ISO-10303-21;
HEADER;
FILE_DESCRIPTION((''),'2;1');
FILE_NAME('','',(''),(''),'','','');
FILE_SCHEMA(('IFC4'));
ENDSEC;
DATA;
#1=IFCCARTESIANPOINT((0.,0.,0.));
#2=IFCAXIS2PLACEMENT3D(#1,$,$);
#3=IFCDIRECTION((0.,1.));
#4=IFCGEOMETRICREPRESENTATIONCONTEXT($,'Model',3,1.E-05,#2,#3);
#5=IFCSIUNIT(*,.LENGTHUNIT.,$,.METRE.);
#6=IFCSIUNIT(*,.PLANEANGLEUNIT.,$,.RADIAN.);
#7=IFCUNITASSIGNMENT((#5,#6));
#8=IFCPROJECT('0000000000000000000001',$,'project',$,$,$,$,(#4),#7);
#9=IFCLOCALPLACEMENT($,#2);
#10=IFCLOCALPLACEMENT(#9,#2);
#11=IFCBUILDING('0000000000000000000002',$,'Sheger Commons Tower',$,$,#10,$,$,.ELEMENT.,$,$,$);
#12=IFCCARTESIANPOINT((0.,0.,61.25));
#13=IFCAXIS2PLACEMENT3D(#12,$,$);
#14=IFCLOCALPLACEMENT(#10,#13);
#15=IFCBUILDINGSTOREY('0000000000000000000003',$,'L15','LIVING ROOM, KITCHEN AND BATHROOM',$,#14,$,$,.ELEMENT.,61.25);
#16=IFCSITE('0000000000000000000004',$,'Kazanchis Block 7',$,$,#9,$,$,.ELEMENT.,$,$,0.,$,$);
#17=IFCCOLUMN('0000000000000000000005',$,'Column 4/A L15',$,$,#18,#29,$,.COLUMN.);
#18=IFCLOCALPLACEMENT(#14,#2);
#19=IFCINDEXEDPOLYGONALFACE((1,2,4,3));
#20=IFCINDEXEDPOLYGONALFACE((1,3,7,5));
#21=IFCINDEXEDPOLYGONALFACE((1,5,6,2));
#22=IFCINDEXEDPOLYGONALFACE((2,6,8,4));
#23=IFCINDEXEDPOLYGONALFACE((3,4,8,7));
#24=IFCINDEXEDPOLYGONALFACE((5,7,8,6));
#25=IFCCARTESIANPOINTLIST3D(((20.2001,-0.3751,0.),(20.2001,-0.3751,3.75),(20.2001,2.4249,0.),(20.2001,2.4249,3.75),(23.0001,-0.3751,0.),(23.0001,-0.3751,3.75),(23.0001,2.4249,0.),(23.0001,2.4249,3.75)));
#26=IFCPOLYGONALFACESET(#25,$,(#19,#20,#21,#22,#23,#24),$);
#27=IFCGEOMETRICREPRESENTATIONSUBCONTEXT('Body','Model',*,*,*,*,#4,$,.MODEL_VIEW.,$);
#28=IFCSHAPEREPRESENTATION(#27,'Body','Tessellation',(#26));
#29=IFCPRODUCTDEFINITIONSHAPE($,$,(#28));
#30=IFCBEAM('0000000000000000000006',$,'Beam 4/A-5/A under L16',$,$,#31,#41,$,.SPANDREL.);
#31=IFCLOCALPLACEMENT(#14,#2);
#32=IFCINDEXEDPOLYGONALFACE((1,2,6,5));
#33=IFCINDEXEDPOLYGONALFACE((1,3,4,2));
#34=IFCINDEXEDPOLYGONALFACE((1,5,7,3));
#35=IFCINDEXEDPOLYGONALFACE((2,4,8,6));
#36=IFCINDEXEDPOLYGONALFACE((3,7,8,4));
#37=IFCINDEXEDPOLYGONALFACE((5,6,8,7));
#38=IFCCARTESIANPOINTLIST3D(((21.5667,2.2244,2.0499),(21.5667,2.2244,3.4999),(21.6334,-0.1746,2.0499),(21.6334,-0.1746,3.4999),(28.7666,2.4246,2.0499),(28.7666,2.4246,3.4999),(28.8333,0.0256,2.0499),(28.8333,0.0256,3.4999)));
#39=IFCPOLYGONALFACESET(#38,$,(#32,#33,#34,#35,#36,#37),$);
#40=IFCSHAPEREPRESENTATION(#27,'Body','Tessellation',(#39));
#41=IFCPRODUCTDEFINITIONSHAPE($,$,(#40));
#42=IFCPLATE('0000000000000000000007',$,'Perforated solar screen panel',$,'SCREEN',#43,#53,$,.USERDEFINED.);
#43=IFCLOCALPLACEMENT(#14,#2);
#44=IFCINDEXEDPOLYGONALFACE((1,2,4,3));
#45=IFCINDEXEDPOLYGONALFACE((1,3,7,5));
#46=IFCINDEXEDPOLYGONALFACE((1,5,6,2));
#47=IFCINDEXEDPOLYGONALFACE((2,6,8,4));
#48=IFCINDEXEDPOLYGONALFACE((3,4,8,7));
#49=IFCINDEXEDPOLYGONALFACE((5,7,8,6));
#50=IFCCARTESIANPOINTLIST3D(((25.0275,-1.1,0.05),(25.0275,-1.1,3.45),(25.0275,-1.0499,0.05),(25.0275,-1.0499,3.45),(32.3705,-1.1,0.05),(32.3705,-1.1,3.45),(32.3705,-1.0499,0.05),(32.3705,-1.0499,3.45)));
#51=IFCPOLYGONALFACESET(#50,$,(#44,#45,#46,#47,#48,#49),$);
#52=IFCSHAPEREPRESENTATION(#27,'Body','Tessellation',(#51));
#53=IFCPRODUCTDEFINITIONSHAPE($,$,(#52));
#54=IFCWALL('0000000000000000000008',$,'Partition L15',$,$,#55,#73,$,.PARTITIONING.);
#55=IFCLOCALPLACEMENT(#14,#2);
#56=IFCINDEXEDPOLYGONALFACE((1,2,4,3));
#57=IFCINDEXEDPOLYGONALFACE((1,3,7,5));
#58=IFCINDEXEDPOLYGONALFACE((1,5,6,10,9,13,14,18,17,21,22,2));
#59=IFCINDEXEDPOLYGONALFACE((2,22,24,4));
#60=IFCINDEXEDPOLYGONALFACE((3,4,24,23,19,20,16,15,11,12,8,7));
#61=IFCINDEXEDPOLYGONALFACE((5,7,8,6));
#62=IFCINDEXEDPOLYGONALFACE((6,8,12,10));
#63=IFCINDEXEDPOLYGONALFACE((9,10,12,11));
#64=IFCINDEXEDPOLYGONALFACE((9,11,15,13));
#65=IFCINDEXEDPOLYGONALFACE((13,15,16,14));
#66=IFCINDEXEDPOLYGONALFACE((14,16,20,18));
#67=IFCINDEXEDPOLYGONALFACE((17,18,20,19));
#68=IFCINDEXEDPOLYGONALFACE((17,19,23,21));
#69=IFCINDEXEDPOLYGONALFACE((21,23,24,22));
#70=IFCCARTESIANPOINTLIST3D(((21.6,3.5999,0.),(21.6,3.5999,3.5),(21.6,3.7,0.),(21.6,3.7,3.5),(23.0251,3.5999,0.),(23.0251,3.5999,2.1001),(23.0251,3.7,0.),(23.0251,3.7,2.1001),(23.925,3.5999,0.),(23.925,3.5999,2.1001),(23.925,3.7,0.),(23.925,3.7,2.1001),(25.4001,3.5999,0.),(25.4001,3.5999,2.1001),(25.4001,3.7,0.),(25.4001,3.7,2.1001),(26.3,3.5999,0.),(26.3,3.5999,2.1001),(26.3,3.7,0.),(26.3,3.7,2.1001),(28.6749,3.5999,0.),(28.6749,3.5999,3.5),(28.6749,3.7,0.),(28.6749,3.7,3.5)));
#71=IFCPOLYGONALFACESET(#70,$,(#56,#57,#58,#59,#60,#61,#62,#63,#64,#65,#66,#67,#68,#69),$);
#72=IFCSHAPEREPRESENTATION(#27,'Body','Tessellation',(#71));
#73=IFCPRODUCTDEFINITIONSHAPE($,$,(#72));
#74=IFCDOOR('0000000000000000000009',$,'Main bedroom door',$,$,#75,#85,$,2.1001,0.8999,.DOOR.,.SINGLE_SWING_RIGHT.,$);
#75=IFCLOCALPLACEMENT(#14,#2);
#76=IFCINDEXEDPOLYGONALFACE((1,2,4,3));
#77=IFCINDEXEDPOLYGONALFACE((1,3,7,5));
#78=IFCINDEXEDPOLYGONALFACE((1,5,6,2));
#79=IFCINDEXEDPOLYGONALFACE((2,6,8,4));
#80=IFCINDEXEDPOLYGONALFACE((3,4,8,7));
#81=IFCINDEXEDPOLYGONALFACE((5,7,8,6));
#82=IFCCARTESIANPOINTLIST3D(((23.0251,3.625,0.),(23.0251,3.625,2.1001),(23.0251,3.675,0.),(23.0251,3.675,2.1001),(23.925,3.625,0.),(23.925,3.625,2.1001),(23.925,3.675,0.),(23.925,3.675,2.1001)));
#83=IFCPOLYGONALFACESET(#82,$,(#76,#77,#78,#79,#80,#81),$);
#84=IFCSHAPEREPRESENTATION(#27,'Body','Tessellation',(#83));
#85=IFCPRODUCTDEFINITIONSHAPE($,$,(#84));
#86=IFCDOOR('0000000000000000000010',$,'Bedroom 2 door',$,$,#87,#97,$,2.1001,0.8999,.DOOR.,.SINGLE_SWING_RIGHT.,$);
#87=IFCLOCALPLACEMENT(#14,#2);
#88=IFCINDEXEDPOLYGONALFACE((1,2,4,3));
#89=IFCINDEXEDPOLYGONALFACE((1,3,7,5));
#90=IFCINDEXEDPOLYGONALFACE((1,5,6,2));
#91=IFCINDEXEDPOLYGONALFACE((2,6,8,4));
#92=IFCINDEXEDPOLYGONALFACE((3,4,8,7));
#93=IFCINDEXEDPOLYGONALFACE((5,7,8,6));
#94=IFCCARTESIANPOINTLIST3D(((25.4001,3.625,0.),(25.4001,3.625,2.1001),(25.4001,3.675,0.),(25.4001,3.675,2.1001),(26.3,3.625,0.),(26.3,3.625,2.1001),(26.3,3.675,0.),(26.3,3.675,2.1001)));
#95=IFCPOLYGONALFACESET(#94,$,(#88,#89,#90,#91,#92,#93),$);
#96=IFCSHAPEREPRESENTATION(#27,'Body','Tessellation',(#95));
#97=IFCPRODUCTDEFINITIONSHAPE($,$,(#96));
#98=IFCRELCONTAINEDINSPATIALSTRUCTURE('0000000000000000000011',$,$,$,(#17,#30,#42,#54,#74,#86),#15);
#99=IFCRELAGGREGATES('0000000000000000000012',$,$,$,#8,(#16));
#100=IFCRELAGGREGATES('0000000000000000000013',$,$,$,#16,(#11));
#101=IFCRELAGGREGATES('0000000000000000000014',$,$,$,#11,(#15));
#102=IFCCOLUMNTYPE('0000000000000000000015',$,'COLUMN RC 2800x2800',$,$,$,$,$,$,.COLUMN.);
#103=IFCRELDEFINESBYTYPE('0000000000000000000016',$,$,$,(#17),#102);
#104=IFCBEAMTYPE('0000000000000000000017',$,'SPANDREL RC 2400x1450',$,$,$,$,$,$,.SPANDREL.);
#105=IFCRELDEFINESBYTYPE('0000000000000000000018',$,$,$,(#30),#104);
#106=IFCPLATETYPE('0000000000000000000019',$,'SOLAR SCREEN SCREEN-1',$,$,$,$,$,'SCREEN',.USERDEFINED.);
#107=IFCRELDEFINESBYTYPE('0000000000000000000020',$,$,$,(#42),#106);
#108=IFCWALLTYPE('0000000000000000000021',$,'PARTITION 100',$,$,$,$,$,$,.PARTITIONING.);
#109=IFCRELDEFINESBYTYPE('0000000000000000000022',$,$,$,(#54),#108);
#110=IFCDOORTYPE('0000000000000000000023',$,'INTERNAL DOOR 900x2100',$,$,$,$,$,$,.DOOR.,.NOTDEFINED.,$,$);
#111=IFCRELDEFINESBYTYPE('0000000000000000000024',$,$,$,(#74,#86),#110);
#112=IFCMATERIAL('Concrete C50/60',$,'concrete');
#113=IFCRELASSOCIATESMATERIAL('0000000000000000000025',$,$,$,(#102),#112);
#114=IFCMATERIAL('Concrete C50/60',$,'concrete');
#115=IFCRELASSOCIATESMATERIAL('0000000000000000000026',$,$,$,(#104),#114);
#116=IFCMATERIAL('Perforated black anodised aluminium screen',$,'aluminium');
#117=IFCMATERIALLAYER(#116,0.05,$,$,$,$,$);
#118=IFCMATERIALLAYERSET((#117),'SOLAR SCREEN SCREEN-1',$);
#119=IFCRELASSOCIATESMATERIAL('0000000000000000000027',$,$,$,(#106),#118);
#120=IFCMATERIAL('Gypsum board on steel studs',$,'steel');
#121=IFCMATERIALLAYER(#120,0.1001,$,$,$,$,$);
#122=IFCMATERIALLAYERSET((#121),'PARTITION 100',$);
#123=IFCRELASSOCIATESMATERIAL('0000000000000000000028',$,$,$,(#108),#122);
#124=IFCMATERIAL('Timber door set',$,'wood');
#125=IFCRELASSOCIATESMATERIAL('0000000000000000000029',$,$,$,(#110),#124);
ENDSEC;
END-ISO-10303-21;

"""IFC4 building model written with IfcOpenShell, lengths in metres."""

from ifc_helpers import new_model, si_unit, direction, frame, frame_2d, origin, origin_2d, place, context, subcontext, project, spatial, rectangle, extrude, material, layer, layer_set, material_profile, profile_set, type_object, element, fill, save


model = new_model("IFC4")

# Units and contexts
model_context = context("Model", 3, precision=1e-05, world=origin(), true_north=direction((0.0, 1.0)))
body_context = subcontext(model_context, "Body", "Model", "MODEL_VIEW")
ifc_project = project(units=[si_unit("LENGTHUNIT", "METRE"), si_unit("PLANEANGLEUNIT", "RADIAN")], contexts=[model_context])

# Site, building, storey
site_placement = place(None, origin())
site = spatial("IfcSite", under=ifc_project, at=site_placement, Name="Kazanchis Block 7", CompositionType="ELEMENT", RefElevation=0.0)
building_placement = place(site_placement, origin())
building = spatial("IfcBuilding", under=site, at=building_placement, Name="Sheger Commons Tower", CompositionType="ELEMENT")
storey_placement = place(building_placement, frame((0.0, 0.0, 61.25)))
storey = spatial("IfcBuildingStorey", under=building, at=storey_placement, Name="L15", Description="LIVING ROOM, KITCHEN AND BATHROOM", CompositionType="ELEMENT", Elevation=61.25)

# Column
ifc_material_1 = material(Name="Concrete C50/60", Category="concrete")
ifc_material_profile_1 = material_profile(ifc_material_1, rectangle(XDim=2.8, YDim=2.8, at=origin_2d()), Name="RC 2800x2800")
ifc_profile_set_1 = profile_set([ifc_material_profile_1], Name="Concrete C50/60")
column_type = type_object("IfcColumnType", Name="COLUMN RC 2800x2800", PredefinedType="COLUMN", material=ifc_profile_set_1)
column_placement = place(storey_placement, frame((21.6001, 1.0249, 0.0), z_axis=(0.0, 0.0, 1.0), x_axis=(1.0, 0.0, 0.0)))
element("IfcColumn", 1, at=column_placement, inside=storey, type_object=column_type, Name="Column 4/A L15", PredefinedType="COLUMN", context=body_context, shape_type="SweptSolid", body=[
    extrude(rectangle(XDim=2.8, YDim=2.8, at=origin_2d()), origin(), (0.0, 0.0, 1.0), 3.75),
])

# Beam
ifc_material_2 = material(Name="Concrete C50/60", Category="concrete")
ifc_material_profile_2 = material_profile(ifc_material_2, rectangle(XDim=2.3999, YDim=1.45, at=origin_2d()), Name="RC 2400x1450")
ifc_profile_set_2 = profile_set([ifc_material_profile_2], Name="Concrete C50/60")
beam_type = type_object("IfcBeamType", Name="SPANDREL RC 2400x1450", PredefinedType="SPANDREL", material=ifc_profile_set_2)
beam_placement = place(storey_placement, frame((21.6001, 1.0249, 2.7749), z_axis=(0.999614, 0.027794, 0.0), x_axis=(-0.027794, 0.999614, 0.0)))
element("IfcBeam", 2, at=beam_placement, inside=storey, type_object=beam_type, Name="Beam 4/A-5/A under L16", PredefinedType="SPANDREL", context=body_context, shape_type="SweptSolid", body=[
    extrude(rectangle(XDim=2.3999, YDim=1.45, at=origin_2d()), origin(), (0.0, 0.0, 1.0), 7.2026),
])

# Plate
ifc_material_3 = material(Name="Perforated black anodised aluminium screen", Category="aluminium")
ifc_layer_1 = layer(ifc_material_3, 0.05)
ifc_layer_set_1 = layer_set([ifc_layer_1], Name="SOLAR SCREEN SCREEN-1")
plate_type = type_object("IfcPlateType", Name="SOLAR SCREEN SCREEN-1", ElementType="SCREEN", PredefinedType="USERDEFINED", material=ifc_layer_set_1)
plate_placement = place(storey_placement, frame((28.699, -1.075, 0.05), z_axis=(0.0, 0.0, 1.0), x_axis=(1.0, 0.0, 0.0)))
element("IfcPlate", 3, at=plate_placement, inside=storey, type_object=plate_type, Name="Perforated solar screen panel", ObjectType="SCREEN", PredefinedType="USERDEFINED", context=body_context, shape_type="SweptSolid", body=[
    extrude(rectangle(XDim=7.343, YDim=0.05, at=origin_2d()), origin(), (0.0, 0.0, 1.0), 3.3999),
])

# Wall, openings, doors
ifc_material_4 = material(Name="Gypsum board on steel studs", Category="steel")
ifc_layer_2 = layer(ifc_material_4, 0.1001)
ifc_layer_set_2 = layer_set([ifc_layer_2], Name="PARTITION 100")
wall_type = type_object("IfcWallType", Name="PARTITION 100", PredefinedType="PARTITIONING", material=ifc_layer_set_2)
wall_1_placement = place(storey_placement, frame((28.675, 3.6499, 0.0), z_axis=(0.0, 0.0, 1.0), x_axis=(-1.0, 0.0, 0.0)))
wall_1 = element("IfcWall", 4, at=wall_1_placement, inside=storey, type_object=wall_type, Name="Partition L15", PredefinedType="PARTITIONING", context=body_context, shape_type="SweptSolid", body=[
    extrude(rectangle(XDim=7.075, YDim=0.1001, at=frame_2d((3.5376, 0.0))), origin(), (0.0, 0.0, 1.0), 3.5),
])
opening_1_placement = place(wall_1_placement, frame((4.75, 0.0, 0.0)))
opening_1 = element("IfcOpeningElement", 5, at=opening_1_placement, cuts=wall_1, PredefinedType="OPENING", context=body_context, shape_type="SweptSolid", body=[
    extrude(rectangle(XDim=0.8999, YDim=2.1001, at=frame_2d((0.45, 1.05))), frame((0.0, 0.0601, 0.0), z_axis=(0.0, -1.0, 0.0), x_axis=(1.0, 0.0, 0.0)), (0.0, 0.0, 1.0), 0.1201),
])
opening_2_placement = place(wall_1_placement, frame((2.375, 0.0, 0.0)))
opening_2 = element("IfcOpeningElement", 6, at=opening_2_placement, cuts=wall_1, PredefinedType="OPENING", context=body_context, shape_type="SweptSolid", body=[
    extrude(rectangle(XDim=0.8999, YDim=2.1001, at=frame_2d((0.45, 1.05))), frame((0.0, 0.0601, 0.0), z_axis=(0.0, -1.0, 0.0), x_axis=(1.0, 0.0, 0.0)), (0.0, 0.0, 1.0), 0.1201),
])
ifc_material_5 = material(Name="Timber door set", Category="wood")
door_type = type_object("IfcDoorType", Name="INTERNAL DOOR 900x2100", OperationType="NOTDEFINED", PredefinedType="DOOR", material=ifc_material_5)
door_1_placement = place(opening_1_placement, origin())
door_1 = element("IfcDoor", 7, at=door_1_placement, inside=storey, type_object=door_type, Name="Main bedroom door", OperationType="SINGLE_SWING_RIGHT", OverallHeight=2.1001, OverallWidth=0.8999, PredefinedType="DOOR", context=body_context, shape_type="SweptSolid", body=[
    extrude(rectangle(XDim=0.8999, YDim=2.1001, at=frame_2d((0.45, 1.05))), frame((0.0, 0.0249, 0.0), z_axis=(0.0, -1.0, 0.0), x_axis=(1.0, 0.0, 0.0)), (0.0, 0.0, 1.0), 0.05),
])
fill(opening_1, door_1)
door_2_placement = place(opening_2_placement, origin())
door_2 = element("IfcDoor", 8, at=door_2_placement, inside=storey, type_object=door_type, Name="Bedroom 2 door", OperationType="SINGLE_SWING_RIGHT", OverallHeight=2.1001, OverallWidth=0.8999, PredefinedType="DOOR", context=body_context, shape_type="SweptSolid", body=[
    extrude(rectangle(XDim=0.8999, YDim=2.1001, at=frame_2d((0.45, 1.05))), frame((0.0, 0.0249, 0.0), z_axis=(0.0, -1.0, 0.0), x_axis=(1.0, 0.0, 0.0)), (0.0, 0.0, 1.0), 0.05),
])
fill(opening_2, door_2)

save(model, "model.ifc")
